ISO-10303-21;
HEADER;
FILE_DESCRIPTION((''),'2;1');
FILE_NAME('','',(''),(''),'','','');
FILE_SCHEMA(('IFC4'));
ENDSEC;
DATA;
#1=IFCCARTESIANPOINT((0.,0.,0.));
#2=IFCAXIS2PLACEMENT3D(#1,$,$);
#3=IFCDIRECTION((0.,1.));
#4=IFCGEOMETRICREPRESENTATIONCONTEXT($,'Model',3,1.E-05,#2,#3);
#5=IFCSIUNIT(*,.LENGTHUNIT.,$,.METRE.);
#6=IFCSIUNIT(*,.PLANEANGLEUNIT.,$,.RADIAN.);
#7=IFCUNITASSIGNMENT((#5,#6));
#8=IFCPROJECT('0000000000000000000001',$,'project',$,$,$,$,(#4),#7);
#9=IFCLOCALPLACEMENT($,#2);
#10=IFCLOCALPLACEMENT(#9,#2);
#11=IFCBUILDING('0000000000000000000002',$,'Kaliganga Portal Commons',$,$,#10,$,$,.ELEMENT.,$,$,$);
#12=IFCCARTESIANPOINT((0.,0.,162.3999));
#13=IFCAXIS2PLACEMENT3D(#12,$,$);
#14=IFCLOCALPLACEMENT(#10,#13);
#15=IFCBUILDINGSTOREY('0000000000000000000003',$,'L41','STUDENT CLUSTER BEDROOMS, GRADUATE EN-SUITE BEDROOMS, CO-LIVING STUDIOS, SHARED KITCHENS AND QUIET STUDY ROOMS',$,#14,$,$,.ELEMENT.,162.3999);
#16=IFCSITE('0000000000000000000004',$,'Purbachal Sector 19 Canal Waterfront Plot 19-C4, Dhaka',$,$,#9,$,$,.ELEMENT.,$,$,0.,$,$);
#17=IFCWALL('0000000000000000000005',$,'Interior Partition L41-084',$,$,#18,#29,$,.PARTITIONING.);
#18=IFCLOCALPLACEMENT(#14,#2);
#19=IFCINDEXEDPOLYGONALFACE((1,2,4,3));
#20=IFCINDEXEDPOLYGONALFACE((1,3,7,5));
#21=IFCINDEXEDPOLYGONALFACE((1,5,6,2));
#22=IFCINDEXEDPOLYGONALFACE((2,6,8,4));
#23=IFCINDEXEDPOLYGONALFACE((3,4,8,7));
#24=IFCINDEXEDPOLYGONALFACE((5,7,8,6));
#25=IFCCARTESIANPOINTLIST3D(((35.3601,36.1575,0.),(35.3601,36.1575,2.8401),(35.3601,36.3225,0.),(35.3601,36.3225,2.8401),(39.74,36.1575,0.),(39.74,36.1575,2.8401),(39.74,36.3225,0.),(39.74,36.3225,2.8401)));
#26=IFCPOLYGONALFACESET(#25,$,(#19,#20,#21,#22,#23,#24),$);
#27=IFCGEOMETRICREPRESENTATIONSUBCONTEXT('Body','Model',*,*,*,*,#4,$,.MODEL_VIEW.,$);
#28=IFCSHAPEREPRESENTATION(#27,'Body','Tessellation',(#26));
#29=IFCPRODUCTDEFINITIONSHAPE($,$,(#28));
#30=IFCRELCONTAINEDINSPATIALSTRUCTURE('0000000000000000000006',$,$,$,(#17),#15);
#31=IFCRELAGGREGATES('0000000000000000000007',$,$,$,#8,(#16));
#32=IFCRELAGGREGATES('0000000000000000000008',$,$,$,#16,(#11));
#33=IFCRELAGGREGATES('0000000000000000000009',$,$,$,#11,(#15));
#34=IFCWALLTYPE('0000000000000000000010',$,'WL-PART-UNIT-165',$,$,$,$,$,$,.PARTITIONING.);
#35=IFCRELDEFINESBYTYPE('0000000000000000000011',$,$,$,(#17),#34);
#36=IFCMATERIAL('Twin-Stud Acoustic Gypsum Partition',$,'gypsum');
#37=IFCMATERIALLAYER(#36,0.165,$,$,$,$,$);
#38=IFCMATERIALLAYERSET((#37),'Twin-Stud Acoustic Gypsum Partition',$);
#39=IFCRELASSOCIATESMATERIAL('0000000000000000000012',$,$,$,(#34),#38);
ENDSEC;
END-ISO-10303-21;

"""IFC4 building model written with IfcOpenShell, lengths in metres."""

from ifc_helpers import new_model, si_unit, direction, frame, frame_2d, origin, place, context, subcontext, project, spatial, rectangle, extrude, material, layer, layer_set, type_object, element, save


model = new_model("IFC4")

# Units and contexts
model_context = context("Model", 3, precision=1e-05, world=origin(), true_north=direction((0.0, 1.0)))
body_context = subcontext(model_context, "Body", "Model", "MODEL_VIEW")
ifc_project = project(units=[si_unit("LENGTHUNIT", "METRE"), si_unit("PLANEANGLEUNIT", "RADIAN")], contexts=[model_context])

# Site, building, storey
site_placement = place(None, origin())
site = spatial("IfcSite", under=ifc_project, at=site_placement, Name="Purbachal Sector 19 Canal Waterfront Plot 19-C4, Dhaka", CompositionType="ELEMENT", RefElevation=0.0)
building_placement = place(site_placement, origin())
building = spatial("IfcBuilding", under=site, at=building_placement, Name="Kaliganga Portal Commons", CompositionType="ELEMENT")
storey_placement = place(building_placement, frame((0.0, 0.0, 162.3999)))
storey = spatial("IfcBuildingStorey", under=building, at=storey_placement, Name="L41", Description="STUDENT CLUSTER BEDROOMS, GRADUATE EN-SUITE BEDROOMS, CO-LIVING STUDIOS, SHARED KITCHENS AND QUIET STUDY ROOMS", CompositionType="ELEMENT", Elevation=162.3999)

# Wall
ifc_material_1 = material(Name="Twin-Stud Acoustic Gypsum Partition", Category="gypsum")
ifc_layer_1 = layer(ifc_material_1, 0.165)
ifc_layer_set_1 = layer_set([ifc_layer_1], Name="Twin-Stud Acoustic Gypsum Partition")
wall_type_1 = type_object("IfcWallType", Name="WL-PART-UNIT-165", PredefinedType="PARTITIONING", material=ifc_layer_set_1)
wall_1_placement = place(storey_placement, frame((35.3601, 36.24, 0.0), z_axis=(0.0, 0.0, 1.0), x_axis=(1.0, 0.0, 0.0)))
element("IfcWall", 1, at=wall_1_placement, inside=storey, type_object=wall_type_1, Name="Interior Partition L41-084", PredefinedType="PARTITIONING", context=body_context, shape_type="SweptSolid", body=[
    extrude(rectangle(XDim=4.3799, YDim=0.165, at=frame_2d((2.1899, 0.0))), origin(), (0.0, 0.0, 1.0), 2.8401),
])

save(model, "model.ifc")
